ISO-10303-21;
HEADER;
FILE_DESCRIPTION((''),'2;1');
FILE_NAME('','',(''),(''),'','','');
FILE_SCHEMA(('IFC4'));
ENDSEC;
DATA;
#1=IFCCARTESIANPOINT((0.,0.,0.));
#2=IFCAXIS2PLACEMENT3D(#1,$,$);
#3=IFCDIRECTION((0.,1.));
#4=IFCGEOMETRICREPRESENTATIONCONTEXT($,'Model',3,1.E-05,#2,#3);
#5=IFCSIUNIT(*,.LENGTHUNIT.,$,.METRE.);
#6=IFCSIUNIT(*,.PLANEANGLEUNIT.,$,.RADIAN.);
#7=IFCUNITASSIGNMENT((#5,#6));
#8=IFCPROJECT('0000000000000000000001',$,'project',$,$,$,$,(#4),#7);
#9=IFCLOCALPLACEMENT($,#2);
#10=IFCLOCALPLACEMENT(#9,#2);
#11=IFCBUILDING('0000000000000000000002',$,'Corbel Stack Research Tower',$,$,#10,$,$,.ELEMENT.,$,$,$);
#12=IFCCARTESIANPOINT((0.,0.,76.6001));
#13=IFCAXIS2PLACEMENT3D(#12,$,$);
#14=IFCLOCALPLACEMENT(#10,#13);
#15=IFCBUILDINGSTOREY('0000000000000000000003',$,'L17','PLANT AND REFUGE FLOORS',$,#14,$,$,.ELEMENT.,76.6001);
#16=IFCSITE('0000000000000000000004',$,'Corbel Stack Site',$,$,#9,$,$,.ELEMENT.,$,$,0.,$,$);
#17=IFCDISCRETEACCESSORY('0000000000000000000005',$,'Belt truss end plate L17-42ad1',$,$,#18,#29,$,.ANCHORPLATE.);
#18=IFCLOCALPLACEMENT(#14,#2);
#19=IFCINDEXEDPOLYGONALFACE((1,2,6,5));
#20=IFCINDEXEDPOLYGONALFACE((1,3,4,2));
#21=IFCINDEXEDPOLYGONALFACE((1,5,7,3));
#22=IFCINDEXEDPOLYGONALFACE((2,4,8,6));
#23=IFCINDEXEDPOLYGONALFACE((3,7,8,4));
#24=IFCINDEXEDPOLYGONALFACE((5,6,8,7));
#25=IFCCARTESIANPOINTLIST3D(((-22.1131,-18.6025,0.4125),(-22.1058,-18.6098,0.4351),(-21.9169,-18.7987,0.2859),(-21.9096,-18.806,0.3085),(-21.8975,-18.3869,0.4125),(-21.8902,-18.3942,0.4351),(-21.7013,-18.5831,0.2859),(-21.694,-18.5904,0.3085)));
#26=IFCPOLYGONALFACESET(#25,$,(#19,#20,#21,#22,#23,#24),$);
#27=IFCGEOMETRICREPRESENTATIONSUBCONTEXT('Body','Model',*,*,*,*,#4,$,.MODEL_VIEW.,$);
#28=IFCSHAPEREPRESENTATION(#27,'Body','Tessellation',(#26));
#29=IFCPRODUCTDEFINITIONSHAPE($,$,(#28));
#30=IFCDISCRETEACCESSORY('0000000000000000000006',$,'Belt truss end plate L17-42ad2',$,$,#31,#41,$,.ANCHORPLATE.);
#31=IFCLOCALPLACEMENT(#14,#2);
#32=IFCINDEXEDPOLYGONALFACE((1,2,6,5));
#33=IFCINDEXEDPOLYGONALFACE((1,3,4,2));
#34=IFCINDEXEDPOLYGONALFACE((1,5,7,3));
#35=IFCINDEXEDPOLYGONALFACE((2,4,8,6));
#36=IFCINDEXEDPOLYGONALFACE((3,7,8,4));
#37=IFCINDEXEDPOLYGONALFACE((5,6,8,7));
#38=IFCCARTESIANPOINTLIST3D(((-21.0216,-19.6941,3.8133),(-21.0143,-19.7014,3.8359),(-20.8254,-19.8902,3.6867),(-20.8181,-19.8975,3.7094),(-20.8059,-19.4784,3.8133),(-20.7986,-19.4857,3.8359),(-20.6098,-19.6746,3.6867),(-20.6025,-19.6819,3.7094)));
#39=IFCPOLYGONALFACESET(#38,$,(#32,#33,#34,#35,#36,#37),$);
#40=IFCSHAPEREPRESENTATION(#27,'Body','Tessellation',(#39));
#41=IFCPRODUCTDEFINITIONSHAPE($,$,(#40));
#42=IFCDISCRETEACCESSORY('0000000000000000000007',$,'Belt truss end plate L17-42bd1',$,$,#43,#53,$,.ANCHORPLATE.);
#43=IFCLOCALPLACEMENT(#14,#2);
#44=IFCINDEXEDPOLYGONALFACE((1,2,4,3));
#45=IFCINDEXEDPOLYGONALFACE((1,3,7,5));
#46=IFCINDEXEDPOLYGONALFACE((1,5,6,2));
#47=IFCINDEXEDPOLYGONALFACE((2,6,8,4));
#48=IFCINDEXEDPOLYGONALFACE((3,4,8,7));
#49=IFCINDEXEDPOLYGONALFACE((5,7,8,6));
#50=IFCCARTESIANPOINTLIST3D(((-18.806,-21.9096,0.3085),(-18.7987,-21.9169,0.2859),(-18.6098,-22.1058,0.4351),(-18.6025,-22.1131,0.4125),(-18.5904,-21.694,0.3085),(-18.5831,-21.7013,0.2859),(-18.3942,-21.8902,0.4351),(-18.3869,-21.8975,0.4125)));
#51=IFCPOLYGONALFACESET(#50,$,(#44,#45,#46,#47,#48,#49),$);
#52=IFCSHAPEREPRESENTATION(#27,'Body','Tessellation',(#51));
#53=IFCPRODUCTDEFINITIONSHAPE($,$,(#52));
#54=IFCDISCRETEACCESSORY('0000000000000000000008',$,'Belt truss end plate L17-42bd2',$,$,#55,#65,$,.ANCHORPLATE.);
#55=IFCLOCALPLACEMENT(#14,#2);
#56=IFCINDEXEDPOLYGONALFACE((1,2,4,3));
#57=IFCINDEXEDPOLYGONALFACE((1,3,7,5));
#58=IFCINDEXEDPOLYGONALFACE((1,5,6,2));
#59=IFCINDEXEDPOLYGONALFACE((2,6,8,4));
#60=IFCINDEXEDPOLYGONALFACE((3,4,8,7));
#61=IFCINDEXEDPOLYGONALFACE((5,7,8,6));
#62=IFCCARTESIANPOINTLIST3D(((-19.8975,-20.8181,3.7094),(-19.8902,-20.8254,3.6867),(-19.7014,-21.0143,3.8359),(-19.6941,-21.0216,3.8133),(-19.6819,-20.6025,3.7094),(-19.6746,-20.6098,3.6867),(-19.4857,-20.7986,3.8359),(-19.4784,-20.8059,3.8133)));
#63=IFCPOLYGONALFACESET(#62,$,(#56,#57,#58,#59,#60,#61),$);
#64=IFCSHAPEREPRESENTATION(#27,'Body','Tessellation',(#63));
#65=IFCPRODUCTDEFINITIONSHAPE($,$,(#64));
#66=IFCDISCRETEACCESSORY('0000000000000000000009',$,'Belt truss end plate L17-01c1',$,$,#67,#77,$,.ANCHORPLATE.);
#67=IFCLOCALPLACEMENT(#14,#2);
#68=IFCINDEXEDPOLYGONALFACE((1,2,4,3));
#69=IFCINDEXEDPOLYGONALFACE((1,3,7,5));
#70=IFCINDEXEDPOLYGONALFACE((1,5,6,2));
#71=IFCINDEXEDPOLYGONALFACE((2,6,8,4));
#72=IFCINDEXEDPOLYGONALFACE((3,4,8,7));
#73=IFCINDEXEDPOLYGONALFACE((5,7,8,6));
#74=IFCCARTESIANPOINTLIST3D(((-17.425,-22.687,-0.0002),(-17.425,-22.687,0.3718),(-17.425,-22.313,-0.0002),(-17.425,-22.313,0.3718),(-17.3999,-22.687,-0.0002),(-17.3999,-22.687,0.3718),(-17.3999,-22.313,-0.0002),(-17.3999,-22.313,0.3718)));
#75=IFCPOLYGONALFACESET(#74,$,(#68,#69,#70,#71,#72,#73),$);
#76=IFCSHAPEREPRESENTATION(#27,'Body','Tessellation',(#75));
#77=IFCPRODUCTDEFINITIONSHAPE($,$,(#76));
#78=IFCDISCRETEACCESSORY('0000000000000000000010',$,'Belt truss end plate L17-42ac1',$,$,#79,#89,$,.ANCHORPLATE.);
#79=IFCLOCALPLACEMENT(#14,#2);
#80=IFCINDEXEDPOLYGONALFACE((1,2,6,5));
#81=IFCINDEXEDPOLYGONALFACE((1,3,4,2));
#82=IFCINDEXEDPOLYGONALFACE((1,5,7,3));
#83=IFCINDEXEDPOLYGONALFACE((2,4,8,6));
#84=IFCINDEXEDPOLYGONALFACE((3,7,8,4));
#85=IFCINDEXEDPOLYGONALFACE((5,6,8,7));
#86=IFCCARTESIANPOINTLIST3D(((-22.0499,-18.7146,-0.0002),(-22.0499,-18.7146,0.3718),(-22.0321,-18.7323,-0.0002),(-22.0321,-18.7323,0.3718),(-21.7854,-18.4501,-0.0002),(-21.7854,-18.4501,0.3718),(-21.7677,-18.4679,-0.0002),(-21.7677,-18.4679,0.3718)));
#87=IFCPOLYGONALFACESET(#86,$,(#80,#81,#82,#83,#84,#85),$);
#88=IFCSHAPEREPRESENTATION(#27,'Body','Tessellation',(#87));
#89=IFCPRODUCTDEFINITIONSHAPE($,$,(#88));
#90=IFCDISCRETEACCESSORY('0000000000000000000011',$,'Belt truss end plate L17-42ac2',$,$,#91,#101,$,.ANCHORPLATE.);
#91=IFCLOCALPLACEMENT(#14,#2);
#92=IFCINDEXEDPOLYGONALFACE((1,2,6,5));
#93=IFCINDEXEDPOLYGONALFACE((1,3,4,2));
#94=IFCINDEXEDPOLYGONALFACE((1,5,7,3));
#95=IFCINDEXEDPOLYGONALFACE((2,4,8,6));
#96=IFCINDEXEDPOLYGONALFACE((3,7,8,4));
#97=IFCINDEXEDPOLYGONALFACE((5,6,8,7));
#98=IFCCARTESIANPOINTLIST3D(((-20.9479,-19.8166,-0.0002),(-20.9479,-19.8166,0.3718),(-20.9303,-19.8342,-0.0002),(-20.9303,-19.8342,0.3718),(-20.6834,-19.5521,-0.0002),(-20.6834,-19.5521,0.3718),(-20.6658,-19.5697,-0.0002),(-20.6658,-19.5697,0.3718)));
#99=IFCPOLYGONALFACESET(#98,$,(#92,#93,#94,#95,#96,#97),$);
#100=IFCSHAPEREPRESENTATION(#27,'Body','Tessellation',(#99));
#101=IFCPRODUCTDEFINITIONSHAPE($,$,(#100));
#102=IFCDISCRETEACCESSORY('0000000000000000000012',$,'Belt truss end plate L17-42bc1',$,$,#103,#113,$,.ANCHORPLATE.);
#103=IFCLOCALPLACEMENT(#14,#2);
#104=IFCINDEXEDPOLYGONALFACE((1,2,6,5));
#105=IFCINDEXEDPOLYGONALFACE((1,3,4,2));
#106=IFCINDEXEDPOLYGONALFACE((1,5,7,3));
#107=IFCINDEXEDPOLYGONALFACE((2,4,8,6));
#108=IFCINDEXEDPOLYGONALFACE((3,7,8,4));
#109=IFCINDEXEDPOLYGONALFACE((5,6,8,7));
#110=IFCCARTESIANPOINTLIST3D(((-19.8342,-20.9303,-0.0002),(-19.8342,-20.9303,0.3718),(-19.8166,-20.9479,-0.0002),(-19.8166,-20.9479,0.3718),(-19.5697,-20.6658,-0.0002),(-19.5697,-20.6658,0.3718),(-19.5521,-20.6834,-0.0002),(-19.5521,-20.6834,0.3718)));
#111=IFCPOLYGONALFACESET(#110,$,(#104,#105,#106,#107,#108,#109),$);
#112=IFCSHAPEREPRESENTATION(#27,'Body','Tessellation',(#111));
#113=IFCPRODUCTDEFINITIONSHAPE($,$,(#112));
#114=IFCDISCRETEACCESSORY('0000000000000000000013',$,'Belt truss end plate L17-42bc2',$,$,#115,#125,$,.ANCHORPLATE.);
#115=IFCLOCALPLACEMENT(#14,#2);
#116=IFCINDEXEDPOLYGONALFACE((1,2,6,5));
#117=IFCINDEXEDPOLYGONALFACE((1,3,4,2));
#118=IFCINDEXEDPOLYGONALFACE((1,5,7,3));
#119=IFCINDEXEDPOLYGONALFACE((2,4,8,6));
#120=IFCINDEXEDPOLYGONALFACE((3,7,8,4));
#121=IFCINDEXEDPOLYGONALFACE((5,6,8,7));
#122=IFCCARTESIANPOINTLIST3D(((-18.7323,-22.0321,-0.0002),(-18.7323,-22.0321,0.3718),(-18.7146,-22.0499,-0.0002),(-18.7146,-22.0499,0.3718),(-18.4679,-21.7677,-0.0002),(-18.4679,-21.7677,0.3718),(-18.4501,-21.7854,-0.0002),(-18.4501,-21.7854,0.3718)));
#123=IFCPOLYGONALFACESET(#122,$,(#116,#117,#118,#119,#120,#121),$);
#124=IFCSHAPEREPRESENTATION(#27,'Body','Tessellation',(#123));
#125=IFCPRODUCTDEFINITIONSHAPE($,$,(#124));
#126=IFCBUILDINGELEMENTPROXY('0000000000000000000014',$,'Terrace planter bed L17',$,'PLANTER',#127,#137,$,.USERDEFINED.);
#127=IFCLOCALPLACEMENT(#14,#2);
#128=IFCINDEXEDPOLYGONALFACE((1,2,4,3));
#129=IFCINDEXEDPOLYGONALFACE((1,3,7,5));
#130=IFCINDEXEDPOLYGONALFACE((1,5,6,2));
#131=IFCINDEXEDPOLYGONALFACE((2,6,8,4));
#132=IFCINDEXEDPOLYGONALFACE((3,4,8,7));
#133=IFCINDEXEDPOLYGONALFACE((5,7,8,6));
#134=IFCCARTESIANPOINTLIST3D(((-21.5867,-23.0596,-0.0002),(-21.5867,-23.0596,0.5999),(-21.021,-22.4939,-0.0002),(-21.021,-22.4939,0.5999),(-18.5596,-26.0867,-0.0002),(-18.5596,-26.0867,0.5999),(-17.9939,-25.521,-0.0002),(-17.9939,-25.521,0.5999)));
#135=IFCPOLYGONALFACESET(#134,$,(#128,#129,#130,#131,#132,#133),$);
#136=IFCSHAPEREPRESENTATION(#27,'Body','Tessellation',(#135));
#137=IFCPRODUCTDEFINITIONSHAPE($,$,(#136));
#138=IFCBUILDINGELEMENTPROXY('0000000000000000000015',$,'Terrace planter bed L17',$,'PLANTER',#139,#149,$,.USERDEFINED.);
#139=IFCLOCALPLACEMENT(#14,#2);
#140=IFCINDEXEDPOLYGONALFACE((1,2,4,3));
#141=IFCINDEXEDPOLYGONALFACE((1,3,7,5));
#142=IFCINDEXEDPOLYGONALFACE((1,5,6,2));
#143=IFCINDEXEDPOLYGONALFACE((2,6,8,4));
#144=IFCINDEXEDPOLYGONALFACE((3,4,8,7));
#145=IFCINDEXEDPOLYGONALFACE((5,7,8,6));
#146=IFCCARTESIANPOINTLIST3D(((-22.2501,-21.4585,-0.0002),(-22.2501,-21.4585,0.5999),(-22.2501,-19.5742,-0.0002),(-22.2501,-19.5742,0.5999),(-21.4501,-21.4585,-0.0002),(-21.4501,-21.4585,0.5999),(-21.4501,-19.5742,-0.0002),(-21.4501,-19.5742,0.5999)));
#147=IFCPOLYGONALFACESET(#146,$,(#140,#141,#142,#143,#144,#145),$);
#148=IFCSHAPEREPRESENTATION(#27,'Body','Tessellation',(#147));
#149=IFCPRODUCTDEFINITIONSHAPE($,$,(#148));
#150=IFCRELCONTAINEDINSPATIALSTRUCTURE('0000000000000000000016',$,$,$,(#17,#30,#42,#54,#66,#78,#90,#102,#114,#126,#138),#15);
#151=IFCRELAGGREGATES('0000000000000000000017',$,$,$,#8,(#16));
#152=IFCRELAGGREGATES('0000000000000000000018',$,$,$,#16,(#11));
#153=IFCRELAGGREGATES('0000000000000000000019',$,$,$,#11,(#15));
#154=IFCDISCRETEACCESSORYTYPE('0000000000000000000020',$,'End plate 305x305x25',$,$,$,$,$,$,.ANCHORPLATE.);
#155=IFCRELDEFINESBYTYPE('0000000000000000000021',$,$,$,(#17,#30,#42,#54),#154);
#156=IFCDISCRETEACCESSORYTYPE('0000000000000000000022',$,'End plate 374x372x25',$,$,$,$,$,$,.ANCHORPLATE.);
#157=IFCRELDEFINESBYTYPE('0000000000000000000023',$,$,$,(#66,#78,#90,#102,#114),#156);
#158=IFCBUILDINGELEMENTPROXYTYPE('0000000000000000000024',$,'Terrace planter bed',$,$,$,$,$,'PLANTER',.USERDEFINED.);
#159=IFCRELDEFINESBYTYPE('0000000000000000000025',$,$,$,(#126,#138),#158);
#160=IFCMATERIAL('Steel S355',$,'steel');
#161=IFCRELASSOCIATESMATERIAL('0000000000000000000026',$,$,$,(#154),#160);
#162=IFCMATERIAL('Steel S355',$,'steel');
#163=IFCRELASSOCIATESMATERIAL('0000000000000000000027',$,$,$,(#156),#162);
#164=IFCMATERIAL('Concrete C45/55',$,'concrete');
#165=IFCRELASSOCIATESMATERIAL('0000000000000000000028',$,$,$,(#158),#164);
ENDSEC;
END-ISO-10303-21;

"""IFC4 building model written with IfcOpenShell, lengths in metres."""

from ifc_helpers import new_model, si_unit, direction, frame, origin, origin_2d, place, context, subcontext, project, spatial, rectangle, extrude, material, material_profile, profile_set, type_object, element, save


model = new_model("IFC4")

# Units and contexts
model_context = context("Model", 3, precision=1e-05, world=origin(), true_north=direction((0.0, 1.0)))
body_context = subcontext(model_context, "Body", "Model", "MODEL_VIEW")
ifc_project = project(units=[si_unit("LENGTHUNIT", "METRE"), si_unit("PLANEANGLEUNIT", "RADIAN")], contexts=[model_context])

# Site, building, storey
site_placement = place(None, origin())
site = spatial("IfcSite", under=ifc_project, at=site_placement, Name="Corbel Stack Site", CompositionType="ELEMENT", RefElevation=0.0)
building_placement = place(site_placement, origin())
building = spatial("IfcBuilding", under=site, at=building_placement, Name="Corbel Stack Research Tower", CompositionType="ELEMENT")
storey_placement = place(building_placement, frame((0.0, 0.0, 76.6001)))
storey = spatial("IfcBuildingStorey", under=building, at=storey_placement, Name="L17", Description="PLANT AND REFUGE FLOORS", CompositionType="ELEMENT", Elevation=76.6001)

# Discrete accessories
ifc_material_1 = material(Name="Steel S355", Category="steel")
ifc_material_profile_1 = material_profile(ifc_material_1, rectangle(XDim=0.3049, YDim=0.3049, at=origin_2d()), Name="End plate 305x305x25")
ifc_profile_set_1 = profile_set([ifc_material_profile_1], Name="Steel S355")
discrete_accessory_type_1 = type_object("IfcDiscreteAccessoryType", Name="End plate 305x305x25", PredefinedType="ANCHORPLATE", material=ifc_profile_set_1)
for number, where, z_axis, x_axis, name in (
    (1, (-21.8999, -18.6001, 0.3718), (-0.293484, 0.293484, -0.909799), (-0.707107, -0.707107, 0.0), "Belt truss end plate L17-42ad1"),
    (2, (-20.8157, -19.6843, 3.75), (0.293484, -0.293484, 0.909799), (0.707107, 0.707107, 0.0), "Belt truss end plate L17-42ad2"),
    (3, (-18.6001, -21.8999, 0.3718), (0.293484, -0.293484, -0.909799), (0.707107, 0.707107, 0.0), "Belt truss end plate L17-42bd1"),
    (4, (-19.6843, -20.8157, 3.75), (-0.293484, 0.293484, 0.909799), (-0.707107, -0.707107, 0.0), "Belt truss end plate L17-42bd2"),
):
    element("IfcDiscreteAccessory", number, at=place(storey_placement, frame(where, z_axis=z_axis, x_axis=x_axis)), inside=storey, type_object=discrete_accessory_type_1, Name=name, PredefinedType="ANCHORPLATE", context=body_context, shape_type="SweptSolid", body=[
        extrude(rectangle(XDim=0.3049, YDim=0.3049, at=origin_2d()), origin(), (0.0, 0.0, 1.0), 0.0249),
    ])
ifc_material_2 = material(Name="Steel S355", Category="steel")
ifc_material_profile_2 = material_profile(ifc_material_2, rectangle(XDim=0.374, YDim=0.3721, at=origin_2d()), Name="End plate 374x372x25")
ifc_profile_set_2 = profile_set([ifc_material_profile_2], Name="Steel S355")
discrete_accessory_type_2 = type_object("IfcDiscreteAccessoryType", Name="End plate 374x372x25", PredefinedType="ANCHORPLATE", material=ifc_profile_set_2)
for number, where, z_axis, x_axis, name in (
    (5, (-17.3999, -22.5, 0.1858), (-1.0, 0.0, 0.0), (0.0, -1.0, 0.0), "Belt truss end plate L17-01c1"),
    (6, (-21.8999, -18.6001, 0.1858), (-0.707107, 0.707107, 0.0), (-0.707107, -0.707107, 0.0), "Belt truss end plate L17-42ac1"),
):
    element("IfcDiscreteAccessory", number, at=place(storey_placement, frame(where, z_axis=z_axis, x_axis=x_axis)), inside=storey, type_object=discrete_accessory_type_2, Name=name, PredefinedType="ANCHORPLATE", context=body_context, shape_type="SweptSolid", body=[
        extrude(rectangle(XDim=0.374, YDim=0.3721, at=origin_2d()), origin(), (0.0, 0.0, 1.0), 0.0251),
    ])
for number, where, z_axis, x_axis, name in (
    (7, (-20.8157, -19.6843, 0.1858), (0.707107, -0.707107, 0.0), (0.707107, 0.707107, 0.0), "Belt truss end plate L17-42ac2"),
    (8, (-19.6843, -20.8157, 0.1858), (-0.707107, 0.707107, 0.0), (-0.707107, -0.707107, 0.0), "Belt truss end plate L17-42bc1"),
):
    element("IfcDiscreteAccessory", number, at=place(storey_placement, frame(where, z_axis=z_axis, x_axis=x_axis)), inside=storey, type_object=discrete_accessory_type_2, Name=name, PredefinedType="ANCHORPLATE", context=body_context, shape_type="SweptSolid", body=[
        extrude(rectangle(XDim=0.374, YDim=0.3721, at=origin_2d()), origin(), (0.0, 0.0, 1.0), 0.0249),
    ])
discrete_accessory_placement = place(storey_placement, frame((-18.6001, -21.8999, 0.1858), z_axis=(0.707107, -0.707107, 0.0), x_axis=(0.707107, 0.707107, 0.0)))
element("IfcDiscreteAccessory", 9, at=discrete_accessory_placement, inside=storey, type_object=discrete_accessory_type_2, Name="Belt truss end plate L17-42bc2", PredefinedType="ANCHORPLATE", context=body_context, shape_type="SweptSolid", body=[
    extrude(rectangle(XDim=0.374, YDim=0.3721, at=origin_2d()), origin(), (0.0, 0.0, 1.0), 0.0251),
])

# Building element proxies
ifc_material_3 = material(Name="Concrete C45/55", Category="concrete")
building_element_proxy_type = type_object("IfcBuildingElementProxyType", Name="Terrace planter bed", ElementType="PLANTER", PredefinedType="USERDEFINED", material=ifc_material_3)
proxy_1_placement = place(storey_placement, frame((-19.7903, -24.2903, -0.0002), z_axis=(0.0, 0.0, 1.0), x_axis=(-0.707107, 0.707107, 0.0)))
element("IfcBuildingElementProxy", 10, at=proxy_1_placement, inside=storey, type_object=building_element_proxy_type, Name="Terrace planter bed L17", ObjectType="PLANTER", PredefinedType="USERDEFINED", context=body_context, shape_type="SweptSolid", body=[
    extrude(rectangle(XDim=4.281, YDim=0.8, at=origin_2d()), origin(), (0.0, 0.0, 1.0), 0.6001),
])
proxy_2_placement = place(storey_placement, frame((-21.8501, -20.5164, -0.0002), z_axis=(0.0, 0.0, 1.0), x_axis=(0.0, 1.0, 0.0)))
element("IfcBuildingElementProxy", 11, at=proxy_2_placement, inside=storey, type_object=building_element_proxy_type, Name="Terrace planter bed L17", ObjectType="PLANTER", PredefinedType="USERDEFINED", context=body_context, shape_type="SweptSolid", body=[
    extrude(rectangle(XDim=1.8843, YDim=0.8, at=origin_2d()), origin(), (0.0, 0.0, 1.0), 0.6001),
])

save(model, "model.ifc")
